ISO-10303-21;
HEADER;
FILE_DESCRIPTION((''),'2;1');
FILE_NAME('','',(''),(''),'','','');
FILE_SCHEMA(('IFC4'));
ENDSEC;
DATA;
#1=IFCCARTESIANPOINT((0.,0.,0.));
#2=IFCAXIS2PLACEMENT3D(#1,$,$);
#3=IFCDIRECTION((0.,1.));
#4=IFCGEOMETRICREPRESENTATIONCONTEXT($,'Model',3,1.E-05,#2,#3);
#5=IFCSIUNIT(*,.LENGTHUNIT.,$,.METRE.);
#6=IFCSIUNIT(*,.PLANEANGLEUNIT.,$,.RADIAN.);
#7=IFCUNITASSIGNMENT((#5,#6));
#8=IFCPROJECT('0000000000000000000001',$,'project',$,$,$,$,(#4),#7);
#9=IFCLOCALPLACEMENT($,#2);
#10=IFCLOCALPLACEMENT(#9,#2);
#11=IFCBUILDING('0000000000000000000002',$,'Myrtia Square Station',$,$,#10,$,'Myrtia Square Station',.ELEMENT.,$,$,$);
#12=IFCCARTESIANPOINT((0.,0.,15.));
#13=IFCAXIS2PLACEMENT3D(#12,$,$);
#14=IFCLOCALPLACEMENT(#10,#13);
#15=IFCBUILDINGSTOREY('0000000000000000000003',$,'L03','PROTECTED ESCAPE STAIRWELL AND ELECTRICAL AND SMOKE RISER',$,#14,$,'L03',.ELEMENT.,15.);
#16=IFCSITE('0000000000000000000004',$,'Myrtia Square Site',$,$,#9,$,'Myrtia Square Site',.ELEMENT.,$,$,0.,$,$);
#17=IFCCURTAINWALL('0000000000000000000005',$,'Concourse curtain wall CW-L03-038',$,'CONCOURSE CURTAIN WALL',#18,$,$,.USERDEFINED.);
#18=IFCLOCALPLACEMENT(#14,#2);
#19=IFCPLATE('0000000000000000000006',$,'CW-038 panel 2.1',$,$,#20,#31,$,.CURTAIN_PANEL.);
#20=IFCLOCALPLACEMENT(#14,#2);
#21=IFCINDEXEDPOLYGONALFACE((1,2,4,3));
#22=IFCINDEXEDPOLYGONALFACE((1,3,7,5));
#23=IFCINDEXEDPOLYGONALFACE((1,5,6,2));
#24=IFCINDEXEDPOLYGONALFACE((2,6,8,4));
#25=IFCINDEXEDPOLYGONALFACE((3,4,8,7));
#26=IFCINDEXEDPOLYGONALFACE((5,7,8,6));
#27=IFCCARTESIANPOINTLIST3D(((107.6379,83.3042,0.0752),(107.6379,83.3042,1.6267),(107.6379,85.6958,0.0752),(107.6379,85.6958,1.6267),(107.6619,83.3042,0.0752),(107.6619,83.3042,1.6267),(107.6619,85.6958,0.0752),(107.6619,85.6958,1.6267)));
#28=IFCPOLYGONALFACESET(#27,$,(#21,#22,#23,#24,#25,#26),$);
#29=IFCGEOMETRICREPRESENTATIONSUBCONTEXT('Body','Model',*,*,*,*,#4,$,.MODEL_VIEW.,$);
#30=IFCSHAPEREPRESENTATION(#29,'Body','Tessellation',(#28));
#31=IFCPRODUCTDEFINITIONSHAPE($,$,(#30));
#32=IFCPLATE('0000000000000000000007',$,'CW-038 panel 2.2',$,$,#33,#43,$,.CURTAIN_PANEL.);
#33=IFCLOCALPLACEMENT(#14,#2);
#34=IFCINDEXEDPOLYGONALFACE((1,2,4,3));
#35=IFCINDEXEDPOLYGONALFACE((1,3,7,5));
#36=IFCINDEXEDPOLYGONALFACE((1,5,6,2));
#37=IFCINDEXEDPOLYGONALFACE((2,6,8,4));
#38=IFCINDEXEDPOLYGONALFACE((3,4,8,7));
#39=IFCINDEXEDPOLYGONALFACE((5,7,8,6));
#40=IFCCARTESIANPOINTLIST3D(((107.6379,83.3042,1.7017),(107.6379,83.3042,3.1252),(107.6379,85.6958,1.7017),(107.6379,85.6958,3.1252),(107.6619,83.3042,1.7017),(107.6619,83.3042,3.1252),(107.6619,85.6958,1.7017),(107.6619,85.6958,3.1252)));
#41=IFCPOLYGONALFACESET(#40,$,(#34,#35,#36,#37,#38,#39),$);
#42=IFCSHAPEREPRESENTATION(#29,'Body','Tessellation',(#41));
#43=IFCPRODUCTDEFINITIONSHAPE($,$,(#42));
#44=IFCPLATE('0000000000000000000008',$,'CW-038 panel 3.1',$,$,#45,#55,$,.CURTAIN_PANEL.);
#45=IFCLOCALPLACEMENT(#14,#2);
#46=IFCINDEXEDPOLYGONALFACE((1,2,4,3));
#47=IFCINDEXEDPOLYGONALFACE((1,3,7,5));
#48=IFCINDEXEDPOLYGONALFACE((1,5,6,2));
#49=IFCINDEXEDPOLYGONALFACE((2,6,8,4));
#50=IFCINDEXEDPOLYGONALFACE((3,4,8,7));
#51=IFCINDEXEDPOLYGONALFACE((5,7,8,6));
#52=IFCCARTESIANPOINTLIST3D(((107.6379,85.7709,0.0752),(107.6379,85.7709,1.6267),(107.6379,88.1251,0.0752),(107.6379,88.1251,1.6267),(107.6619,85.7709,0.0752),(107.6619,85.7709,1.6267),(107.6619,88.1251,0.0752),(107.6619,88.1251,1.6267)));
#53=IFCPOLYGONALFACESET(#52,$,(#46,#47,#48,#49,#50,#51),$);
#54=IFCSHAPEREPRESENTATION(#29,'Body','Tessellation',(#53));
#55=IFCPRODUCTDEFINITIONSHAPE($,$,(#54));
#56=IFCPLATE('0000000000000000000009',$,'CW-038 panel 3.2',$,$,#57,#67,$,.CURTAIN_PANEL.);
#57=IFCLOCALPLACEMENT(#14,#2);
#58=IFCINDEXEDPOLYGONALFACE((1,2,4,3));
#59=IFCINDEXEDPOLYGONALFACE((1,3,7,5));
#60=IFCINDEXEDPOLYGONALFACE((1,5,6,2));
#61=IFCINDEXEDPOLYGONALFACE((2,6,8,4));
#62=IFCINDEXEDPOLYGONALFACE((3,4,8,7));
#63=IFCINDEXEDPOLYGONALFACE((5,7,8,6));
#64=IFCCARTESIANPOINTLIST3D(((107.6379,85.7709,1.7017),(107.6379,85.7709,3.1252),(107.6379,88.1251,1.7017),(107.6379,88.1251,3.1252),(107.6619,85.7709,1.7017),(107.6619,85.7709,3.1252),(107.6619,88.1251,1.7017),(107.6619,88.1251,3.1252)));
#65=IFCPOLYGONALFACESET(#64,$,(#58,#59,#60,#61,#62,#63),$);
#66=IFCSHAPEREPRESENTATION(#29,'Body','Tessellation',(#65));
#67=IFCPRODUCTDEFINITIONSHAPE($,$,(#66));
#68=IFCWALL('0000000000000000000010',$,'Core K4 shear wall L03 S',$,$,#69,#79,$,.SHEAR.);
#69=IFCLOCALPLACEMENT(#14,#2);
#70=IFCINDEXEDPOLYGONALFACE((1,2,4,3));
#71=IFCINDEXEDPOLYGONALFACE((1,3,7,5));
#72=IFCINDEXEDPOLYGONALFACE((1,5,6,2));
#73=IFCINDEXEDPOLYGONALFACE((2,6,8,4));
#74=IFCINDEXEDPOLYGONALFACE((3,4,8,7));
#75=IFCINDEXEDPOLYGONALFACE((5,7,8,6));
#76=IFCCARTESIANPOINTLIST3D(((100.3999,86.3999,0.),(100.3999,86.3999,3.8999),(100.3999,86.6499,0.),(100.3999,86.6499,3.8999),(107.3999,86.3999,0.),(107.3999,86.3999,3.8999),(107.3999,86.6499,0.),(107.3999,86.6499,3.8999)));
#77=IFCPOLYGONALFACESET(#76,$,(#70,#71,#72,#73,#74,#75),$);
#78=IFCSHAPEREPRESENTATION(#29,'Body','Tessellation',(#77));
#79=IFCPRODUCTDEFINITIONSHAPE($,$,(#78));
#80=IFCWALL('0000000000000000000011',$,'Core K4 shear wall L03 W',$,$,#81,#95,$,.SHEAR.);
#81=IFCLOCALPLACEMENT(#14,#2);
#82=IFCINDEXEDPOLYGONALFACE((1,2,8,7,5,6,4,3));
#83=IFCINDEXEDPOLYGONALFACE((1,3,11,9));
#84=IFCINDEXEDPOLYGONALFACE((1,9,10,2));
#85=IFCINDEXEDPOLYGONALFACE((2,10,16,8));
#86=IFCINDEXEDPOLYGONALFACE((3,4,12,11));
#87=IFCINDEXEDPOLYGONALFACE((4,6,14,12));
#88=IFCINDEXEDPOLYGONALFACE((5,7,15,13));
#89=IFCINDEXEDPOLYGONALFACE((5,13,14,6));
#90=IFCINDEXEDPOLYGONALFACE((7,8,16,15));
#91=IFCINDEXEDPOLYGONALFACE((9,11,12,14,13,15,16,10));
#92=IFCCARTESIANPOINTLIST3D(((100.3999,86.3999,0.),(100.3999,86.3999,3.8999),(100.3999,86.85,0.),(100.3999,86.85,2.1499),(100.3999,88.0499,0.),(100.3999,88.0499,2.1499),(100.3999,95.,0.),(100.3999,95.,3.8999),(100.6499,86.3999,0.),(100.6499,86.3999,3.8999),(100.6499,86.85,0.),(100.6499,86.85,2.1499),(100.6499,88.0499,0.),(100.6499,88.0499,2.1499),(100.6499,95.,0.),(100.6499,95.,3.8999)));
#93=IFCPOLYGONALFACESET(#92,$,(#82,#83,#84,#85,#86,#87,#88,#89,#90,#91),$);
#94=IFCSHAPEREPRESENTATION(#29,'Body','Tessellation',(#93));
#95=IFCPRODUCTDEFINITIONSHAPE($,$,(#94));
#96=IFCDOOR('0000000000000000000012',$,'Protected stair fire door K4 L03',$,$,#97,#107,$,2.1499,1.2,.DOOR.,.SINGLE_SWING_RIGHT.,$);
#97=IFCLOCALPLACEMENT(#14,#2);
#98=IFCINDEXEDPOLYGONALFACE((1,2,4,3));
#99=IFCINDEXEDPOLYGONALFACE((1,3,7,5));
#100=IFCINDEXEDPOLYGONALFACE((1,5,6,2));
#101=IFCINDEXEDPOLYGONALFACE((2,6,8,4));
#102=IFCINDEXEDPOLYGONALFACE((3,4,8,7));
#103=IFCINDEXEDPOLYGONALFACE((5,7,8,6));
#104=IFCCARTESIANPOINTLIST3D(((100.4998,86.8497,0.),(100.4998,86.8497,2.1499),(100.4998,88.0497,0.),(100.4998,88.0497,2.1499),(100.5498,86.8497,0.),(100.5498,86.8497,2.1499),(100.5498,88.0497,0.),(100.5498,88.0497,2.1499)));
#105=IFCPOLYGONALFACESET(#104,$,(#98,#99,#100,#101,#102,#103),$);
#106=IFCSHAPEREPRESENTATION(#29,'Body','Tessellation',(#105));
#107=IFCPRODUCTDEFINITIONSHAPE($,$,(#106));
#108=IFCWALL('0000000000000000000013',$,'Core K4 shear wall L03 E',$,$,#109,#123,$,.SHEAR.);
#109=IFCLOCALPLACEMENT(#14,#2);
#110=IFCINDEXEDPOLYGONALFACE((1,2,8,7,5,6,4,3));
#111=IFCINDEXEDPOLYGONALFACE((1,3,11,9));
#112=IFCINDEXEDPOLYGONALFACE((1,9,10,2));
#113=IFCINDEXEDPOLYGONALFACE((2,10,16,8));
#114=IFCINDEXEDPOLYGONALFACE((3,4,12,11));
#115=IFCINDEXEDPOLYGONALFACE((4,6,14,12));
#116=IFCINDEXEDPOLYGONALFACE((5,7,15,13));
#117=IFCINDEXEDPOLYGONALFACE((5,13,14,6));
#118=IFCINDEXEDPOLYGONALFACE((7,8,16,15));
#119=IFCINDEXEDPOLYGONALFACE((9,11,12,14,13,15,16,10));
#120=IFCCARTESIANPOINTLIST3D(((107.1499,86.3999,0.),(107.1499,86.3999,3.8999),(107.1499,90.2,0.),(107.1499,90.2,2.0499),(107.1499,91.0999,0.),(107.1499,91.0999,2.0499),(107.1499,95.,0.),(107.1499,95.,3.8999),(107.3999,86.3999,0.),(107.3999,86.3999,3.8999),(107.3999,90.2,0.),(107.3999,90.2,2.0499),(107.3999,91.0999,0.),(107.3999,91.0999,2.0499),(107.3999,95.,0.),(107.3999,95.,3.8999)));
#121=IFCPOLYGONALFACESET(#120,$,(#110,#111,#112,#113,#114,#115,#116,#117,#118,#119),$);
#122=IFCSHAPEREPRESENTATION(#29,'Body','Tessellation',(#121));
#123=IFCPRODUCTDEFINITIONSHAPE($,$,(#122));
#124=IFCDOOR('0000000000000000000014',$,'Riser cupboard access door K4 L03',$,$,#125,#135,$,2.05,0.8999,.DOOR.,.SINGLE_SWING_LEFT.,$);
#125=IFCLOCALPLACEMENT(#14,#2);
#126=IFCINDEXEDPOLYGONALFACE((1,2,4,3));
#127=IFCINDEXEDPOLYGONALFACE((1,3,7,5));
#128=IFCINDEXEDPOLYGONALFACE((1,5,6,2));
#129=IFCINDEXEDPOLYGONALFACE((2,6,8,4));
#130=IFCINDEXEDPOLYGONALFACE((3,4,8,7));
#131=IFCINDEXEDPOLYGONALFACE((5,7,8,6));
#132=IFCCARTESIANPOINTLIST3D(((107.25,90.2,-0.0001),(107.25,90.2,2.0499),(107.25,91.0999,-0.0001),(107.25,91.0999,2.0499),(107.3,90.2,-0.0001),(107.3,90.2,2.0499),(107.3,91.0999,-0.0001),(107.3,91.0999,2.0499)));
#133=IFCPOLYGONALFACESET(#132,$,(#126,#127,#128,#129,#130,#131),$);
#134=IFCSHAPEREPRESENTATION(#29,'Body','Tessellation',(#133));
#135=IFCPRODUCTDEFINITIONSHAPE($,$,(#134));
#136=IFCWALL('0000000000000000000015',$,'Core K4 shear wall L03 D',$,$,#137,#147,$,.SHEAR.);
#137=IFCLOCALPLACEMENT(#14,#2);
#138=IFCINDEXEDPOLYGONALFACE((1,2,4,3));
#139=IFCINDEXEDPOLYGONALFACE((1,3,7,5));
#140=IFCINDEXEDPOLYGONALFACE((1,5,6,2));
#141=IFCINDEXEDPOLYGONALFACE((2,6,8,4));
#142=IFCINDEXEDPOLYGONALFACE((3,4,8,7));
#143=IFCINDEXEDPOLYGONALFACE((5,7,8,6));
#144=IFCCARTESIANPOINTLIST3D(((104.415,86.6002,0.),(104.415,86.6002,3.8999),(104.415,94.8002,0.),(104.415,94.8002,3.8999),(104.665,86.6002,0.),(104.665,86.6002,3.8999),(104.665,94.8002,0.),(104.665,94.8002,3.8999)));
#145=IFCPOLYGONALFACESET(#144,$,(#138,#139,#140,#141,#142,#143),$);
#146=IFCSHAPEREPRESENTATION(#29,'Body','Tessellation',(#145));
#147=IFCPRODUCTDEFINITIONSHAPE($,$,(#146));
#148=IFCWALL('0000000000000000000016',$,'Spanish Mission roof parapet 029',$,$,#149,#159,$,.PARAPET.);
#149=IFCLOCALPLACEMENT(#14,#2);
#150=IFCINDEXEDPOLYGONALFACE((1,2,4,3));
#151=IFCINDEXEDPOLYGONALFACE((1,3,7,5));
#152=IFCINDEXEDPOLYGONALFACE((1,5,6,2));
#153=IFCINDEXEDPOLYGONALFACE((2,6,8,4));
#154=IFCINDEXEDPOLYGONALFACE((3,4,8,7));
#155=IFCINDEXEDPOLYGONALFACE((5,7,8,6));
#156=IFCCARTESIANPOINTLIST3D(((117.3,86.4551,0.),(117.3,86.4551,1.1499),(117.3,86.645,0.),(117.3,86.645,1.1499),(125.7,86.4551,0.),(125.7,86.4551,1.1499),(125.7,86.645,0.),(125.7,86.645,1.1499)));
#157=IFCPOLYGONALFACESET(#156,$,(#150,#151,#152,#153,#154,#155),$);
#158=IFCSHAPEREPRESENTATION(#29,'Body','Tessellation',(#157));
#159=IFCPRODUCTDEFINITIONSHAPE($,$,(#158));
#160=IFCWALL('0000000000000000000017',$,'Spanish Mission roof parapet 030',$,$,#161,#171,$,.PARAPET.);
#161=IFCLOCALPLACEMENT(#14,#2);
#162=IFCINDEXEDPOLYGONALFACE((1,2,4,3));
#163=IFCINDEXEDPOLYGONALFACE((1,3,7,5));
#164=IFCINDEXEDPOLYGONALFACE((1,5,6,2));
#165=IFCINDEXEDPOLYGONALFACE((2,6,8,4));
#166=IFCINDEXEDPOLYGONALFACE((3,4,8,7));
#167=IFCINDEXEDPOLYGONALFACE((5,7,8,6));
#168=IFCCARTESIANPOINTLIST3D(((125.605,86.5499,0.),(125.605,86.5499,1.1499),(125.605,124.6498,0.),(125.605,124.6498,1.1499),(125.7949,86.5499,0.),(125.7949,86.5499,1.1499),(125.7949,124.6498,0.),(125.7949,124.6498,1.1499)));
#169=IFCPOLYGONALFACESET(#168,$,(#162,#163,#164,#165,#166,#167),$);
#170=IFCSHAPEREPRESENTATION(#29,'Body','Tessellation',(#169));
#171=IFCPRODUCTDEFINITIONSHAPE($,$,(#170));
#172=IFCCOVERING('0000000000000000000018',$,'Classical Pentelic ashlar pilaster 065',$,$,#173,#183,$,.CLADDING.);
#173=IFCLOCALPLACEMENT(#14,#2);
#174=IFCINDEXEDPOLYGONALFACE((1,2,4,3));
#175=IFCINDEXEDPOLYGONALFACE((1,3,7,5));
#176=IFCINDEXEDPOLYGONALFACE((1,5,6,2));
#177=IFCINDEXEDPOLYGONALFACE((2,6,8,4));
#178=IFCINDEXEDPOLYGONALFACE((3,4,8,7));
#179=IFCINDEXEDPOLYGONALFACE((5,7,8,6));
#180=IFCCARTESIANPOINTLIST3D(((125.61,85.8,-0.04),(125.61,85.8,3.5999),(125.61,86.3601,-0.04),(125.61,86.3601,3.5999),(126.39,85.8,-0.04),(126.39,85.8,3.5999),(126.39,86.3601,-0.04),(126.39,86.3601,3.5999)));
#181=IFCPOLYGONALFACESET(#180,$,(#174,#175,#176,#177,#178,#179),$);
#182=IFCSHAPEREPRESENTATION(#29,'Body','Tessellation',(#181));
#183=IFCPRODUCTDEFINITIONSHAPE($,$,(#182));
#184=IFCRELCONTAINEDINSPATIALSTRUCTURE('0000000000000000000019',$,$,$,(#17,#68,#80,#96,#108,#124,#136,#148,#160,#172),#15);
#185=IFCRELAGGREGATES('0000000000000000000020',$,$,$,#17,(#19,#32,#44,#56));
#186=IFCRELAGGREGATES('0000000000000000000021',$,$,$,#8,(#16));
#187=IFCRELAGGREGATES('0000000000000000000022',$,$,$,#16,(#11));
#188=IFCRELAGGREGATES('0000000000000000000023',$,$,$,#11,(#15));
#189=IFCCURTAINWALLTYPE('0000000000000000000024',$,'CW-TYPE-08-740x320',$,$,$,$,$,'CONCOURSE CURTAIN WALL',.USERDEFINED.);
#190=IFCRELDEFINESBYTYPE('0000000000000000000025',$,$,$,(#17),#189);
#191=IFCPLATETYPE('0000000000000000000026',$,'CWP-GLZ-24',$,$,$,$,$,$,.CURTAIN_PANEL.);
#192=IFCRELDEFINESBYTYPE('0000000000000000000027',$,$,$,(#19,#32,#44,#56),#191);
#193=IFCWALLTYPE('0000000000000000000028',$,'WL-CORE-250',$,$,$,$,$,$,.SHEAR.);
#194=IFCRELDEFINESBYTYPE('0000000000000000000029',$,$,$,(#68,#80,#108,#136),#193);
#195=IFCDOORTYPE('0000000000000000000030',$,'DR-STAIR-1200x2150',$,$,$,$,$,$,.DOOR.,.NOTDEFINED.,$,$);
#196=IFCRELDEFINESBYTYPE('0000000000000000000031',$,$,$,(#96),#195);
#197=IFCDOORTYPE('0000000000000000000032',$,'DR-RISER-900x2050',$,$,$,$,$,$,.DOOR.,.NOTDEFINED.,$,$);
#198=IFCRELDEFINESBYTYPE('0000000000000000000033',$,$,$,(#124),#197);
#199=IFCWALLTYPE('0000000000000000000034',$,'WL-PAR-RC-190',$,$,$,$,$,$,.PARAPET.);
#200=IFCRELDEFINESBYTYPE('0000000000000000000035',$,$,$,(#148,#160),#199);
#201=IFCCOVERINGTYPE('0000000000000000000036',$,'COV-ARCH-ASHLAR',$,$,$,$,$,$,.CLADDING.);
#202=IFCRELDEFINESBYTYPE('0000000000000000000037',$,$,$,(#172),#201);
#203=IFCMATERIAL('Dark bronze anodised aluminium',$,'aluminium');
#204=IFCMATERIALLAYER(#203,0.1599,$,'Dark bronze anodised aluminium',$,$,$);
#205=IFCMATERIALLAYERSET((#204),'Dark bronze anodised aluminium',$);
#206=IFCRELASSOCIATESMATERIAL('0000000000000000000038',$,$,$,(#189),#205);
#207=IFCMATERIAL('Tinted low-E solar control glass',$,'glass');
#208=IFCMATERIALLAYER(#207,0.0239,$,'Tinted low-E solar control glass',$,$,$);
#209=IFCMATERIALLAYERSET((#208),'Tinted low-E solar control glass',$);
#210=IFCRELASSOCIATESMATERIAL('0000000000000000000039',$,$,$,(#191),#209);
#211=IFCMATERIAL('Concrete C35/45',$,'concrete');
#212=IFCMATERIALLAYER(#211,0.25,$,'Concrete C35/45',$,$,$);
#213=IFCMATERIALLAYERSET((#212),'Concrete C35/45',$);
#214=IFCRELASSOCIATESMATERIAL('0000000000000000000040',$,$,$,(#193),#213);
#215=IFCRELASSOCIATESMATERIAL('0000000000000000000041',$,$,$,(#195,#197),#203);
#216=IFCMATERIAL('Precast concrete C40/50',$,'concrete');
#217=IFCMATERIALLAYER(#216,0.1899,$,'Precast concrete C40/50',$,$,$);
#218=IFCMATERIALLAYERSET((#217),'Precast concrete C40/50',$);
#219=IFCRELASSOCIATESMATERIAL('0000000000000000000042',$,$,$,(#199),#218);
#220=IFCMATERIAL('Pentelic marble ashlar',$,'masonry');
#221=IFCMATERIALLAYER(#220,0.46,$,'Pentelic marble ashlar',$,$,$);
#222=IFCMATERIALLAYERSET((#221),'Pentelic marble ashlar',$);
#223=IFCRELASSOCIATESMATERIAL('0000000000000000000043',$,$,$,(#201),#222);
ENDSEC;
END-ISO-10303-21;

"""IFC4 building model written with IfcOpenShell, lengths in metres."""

from ifc_helpers import new_model, si_unit, direction, frame, frame_2d, origin, origin_2d, place, context, subcontext, project, spatial, rectangle, extrude, material, layer, layer_set, type_object, element, fill, aggregate, save


model = new_model("IFC4")

# Units and contexts
model_context = context("Model", 3, precision=1e-05, world=origin(), true_north=direction((0.0, 1.0)))
body_context = subcontext(model_context, "Body", "Model", "MODEL_VIEW")
ifc_project = project(units=[si_unit("LENGTHUNIT", "METRE"), si_unit("PLANEANGLEUNIT", "RADIAN")], contexts=[model_context])

# Site, building, storey
site_placement = place(None, origin())
site = spatial("IfcSite", under=ifc_project, at=site_placement, Name="Myrtia Square Site", LongName="Myrtia Square Site", CompositionType="ELEMENT", RefElevation=0.0)
building_placement = place(site_placement, origin())
building = spatial("IfcBuilding", under=site, at=building_placement, Name="Myrtia Square Station", LongName="Myrtia Square Station", CompositionType="ELEMENT")
storey_placement = place(building_placement, frame((0.0, 0.0, 15.0)))
storey = spatial("IfcBuildingStorey", under=building, at=storey_placement, Name="L03", Description="PROTECTED ESCAPE STAIRWELL AND ELECTRICAL AND SMOKE RISER", LongName="L03", CompositionType="ELEMENT", Elevation=15.0)

# Shared definitions
ifc_material_1 = material(Name="Dark bronze anodised aluminium", Category="aluminium")

# Curtain wall
ifc_layer_1 = layer(ifc_material_1, 0.1599, Name="Dark bronze anodised aluminium")
ifc_layer_set_1 = layer_set([ifc_layer_1], Name="Dark bronze anodised aluminium")
curtain_wall_type_1 = type_object("IfcCurtainWallType", Name="CW-TYPE-08-740x320", ElementType="CONCOURSE CURTAIN WALL", PredefinedType="USERDEFINED", material=ifc_layer_set_1)
curtain_wall_1_placement = place(storey_placement, origin())
curtain_wall_1 = element("IfcCurtainWall", 1, at=curtain_wall_1_placement, inside=storey, type_object=curtain_wall_type_1, Name="Concourse curtain wall CW-L03-038", ObjectType="CONCOURSE CURTAIN WALL", PredefinedType="USERDEFINED")

# Plates
ifc_material_2 = material(Name="Tinted low-E solar control glass", Category="glass")
ifc_layer_2 = layer(ifc_material_2, 0.0239, Name="Tinted low-E solar control glass")
ifc_layer_set_2 = layer_set([ifc_layer_2], Name="Tinted low-E solar control glass")
plate_type = type_object("IfcPlateType", Name="CWP-GLZ-24", PredefinedType="CURTAIN_PANEL", material=ifc_layer_set_2)
plate_1_placement = place(storey_placement, frame((107.6499, 84.5, 0.0752), z_axis=(0.0, 0.0, 1.0), x_axis=(0.0, 1.0, 0.0)))
plate_1 = element("IfcPlate", 2, at=plate_1_placement, type_object=plate_type, Name="CW-038 panel 2.1", PredefinedType="CURTAIN_PANEL", context=body_context, shape_type="SweptSolid", body=[
    extrude(rectangle(XDim=2.3916, YDim=0.0239, at=origin_2d()), origin(), (0.0, 0.0, 1.0), 1.5515),
])
plate_2_placement = place(storey_placement, frame((107.6499, 84.5, 1.7017), z_axis=(0.0, 0.0, 1.0), x_axis=(0.0, 1.0, 0.0)))
plate_2 = element("IfcPlate", 3, at=plate_2_placement, type_object=plate_type, Name="CW-038 panel 2.2", PredefinedType="CURTAIN_PANEL", context=body_context, shape_type="SweptSolid", body=[
    extrude(rectangle(XDim=2.3916, YDim=0.0239, at=origin_2d()), origin(), (0.0, 0.0, 1.0), 1.4236),
])
plate_3_placement = place(storey_placement, frame((107.6499, 86.948, 0.0752), z_axis=(0.0, 0.0, 1.0), x_axis=(0.0, 1.0, 0.0)))
plate_3 = element("IfcPlate", 4, at=plate_3_placement, type_object=plate_type, Name="CW-038 panel 3.1", PredefinedType="CURTAIN_PANEL", context=body_context, shape_type="SweptSolid", body=[
    extrude(rectangle(XDim=2.3542, YDim=0.0239, at=origin_2d()), origin(), (0.0, 0.0, 1.0), 1.5515),
])
plate_4_placement = place(storey_placement, frame((107.6499, 86.948, 1.7017), z_axis=(0.0, 0.0, 1.0), x_axis=(0.0, 1.0, 0.0)))
plate_4 = element("IfcPlate", 5, at=plate_4_placement, type_object=plate_type, Name="CW-038 panel 3.2", PredefinedType="CURTAIN_PANEL", context=body_context, shape_type="SweptSolid", body=[
    extrude(rectangle(XDim=2.3542, YDim=0.0239, at=origin_2d()), origin(), (0.0, 0.0, 1.0), 1.4236),
])
aggregate(curtain_wall_1, [plate_1, plate_2, plate_3, plate_4])

# Wall
ifc_material_3 = material(Name="Concrete C35/45", Category="concrete")
ifc_layer_3 = layer(ifc_material_3, 0.25, Name="Concrete C35/45")
ifc_layer_set_3 = layer_set([ifc_layer_3], Name="Concrete C35/45")
wall_type_1 = type_object("IfcWallType", Name="WL-CORE-250", PredefinedType="SHEAR", material=ifc_layer_set_3)
wall_1_placement = place(storey_placement, frame((100.3999, 86.5249, 0.0), z_axis=(0.0, 0.0, 1.0), x_axis=(1.0, 0.0, 0.0)))
element("IfcWall", 6, at=wall_1_placement, inside=storey, type_object=wall_type_1, Name="Core K4 shear wall L03 S", PredefinedType="SHEAR", context=body_context, shape_type="SweptSolid", body=[
    extrude(rectangle(XDim=7.0, YDim=0.25, at=frame_2d((3.5, 0.0))), origin(), (0.0, 0.0, 1.0), 3.8999),
])

# Walls, openings, doors
wall_2_placement = place(storey_placement, frame((100.5249, 86.3999, 0.0), z_axis=(0.0, 0.0, 1.0), x_axis=(0.0, 1.0, 0.0)))
wall_2 = element("IfcWall", 7, at=wall_2_placement, inside=storey, type_object=wall_type_1, Name="Core K4 shear wall L03 W", PredefinedType="SHEAR", context=body_context, shape_type="SweptSolid", body=[
    extrude(rectangle(XDim=8.6001, YDim=0.25, at=frame_2d((4.3, 0.0))), origin(), (0.0, 0.0, 1.0), 3.8999),
])
opening_1_placement = place(wall_2_placement, frame((0.45, 0.0, 0.0)))
opening_1 = element("IfcOpeningElement", 8, at=opening_1_placement, cuts=wall_2, PredefinedType="OPENING", context=body_context, shape_type="SweptSolid", body=[
    extrude(rectangle(XDim=1.2, YDim=2.1499, at=frame_2d((0.6001, 1.075))), frame((0.0, 0.1399, 0.0), z_axis=(0.0, -1.0, 0.0), x_axis=(1.0, 0.0, 0.0)), (0.0, 0.0, 1.0), 0.28),
])
door_type_1 = type_object("IfcDoorType", Name="DR-STAIR-1200x2150", OperationType="NOTDEFINED", PredefinedType="DOOR", material=ifc_material_1)
door_1_placement = place(opening_1_placement, frame((1.2, 0.0, 0.0), z_axis=(0.0, 0.0, 1.0), x_axis=(-1.0, 0.0, 0.0)))
door_1 = element("IfcDoor", 9, at=door_1_placement, inside=storey, type_object=door_type_1, Name="Protected stair fire door K4 L03", OperationType="SINGLE_SWING_RIGHT", OverallHeight=2.1499, OverallWidth=1.2, PredefinedType="DOOR", context=body_context, shape_type="SweptSolid", body=[
    extrude(rectangle(XDim=1.2, YDim=2.1499, at=frame_2d((0.6001, 1.075))), frame((0.0, 0.0249, 0.0), z_axis=(0.0, -1.0, 0.0), x_axis=(1.0, 0.0, 0.0)), (0.0, 0.0, 1.0), 0.05),
])
fill(opening_1, door_1)
wall_3_placement = place(storey_placement, frame((107.2749, 86.3999, 0.0), z_axis=(0.0, 0.0, 1.0), x_axis=(0.0, 1.0, 0.0)))
wall_3 = element("IfcWall", 10, at=wall_3_placement, inside=storey, type_object=wall_type_1, Name="Core K4 shear wall L03 E", PredefinedType="SHEAR", context=body_context, shape_type="SweptSolid", body=[
    extrude(rectangle(XDim=8.6001, YDim=0.25, at=frame_2d((4.3, 0.0))), origin(), (0.0, 0.0, 1.0), 3.8999),
])
opening_2_placement = place(wall_3_placement, frame((3.8, 0.0, 0.0)))
opening_2 = element("IfcOpeningElement", 11, at=opening_2_placement, cuts=wall_3, PredefinedType="OPENING", context=body_context, shape_type="SweptSolid", body=[
    extrude(rectangle(XDim=0.8999, YDim=2.05, at=frame_2d((0.45, 1.0249))), frame((0.0, 0.1399, 0.0), z_axis=(0.0, -1.0, 0.0), x_axis=(1.0, 0.0, 0.0)), (0.0, 0.0, 1.0), 0.28),
])
door_type_2 = type_object("IfcDoorType", Name="DR-RISER-900x2050", OperationType="NOTDEFINED", PredefinedType="DOOR", material=ifc_material_1)
door_2_placement = place(opening_2_placement, origin())
door_2 = element("IfcDoor", 12, at=door_2_placement, inside=storey, type_object=door_type_2, Name="Riser cupboard access door K4 L03", OperationType="SINGLE_SWING_LEFT", OverallHeight=2.05, OverallWidth=0.8999, PredefinedType="DOOR", context=body_context, shape_type="SweptSolid", body=[
    extrude(rectangle(XDim=0.8999, YDim=2.05, at=frame_2d((0.45, 1.0249))), frame((0.0, 0.0249, 0.0), z_axis=(0.0, -1.0, 0.0), x_axis=(1.0, 0.0, 0.0)), (0.0, 0.0, 1.0), 0.05),
])
fill(opening_2, door_2)

# Walls
wall_4_placement = place(storey_placement, frame((104.54, 86.6001, 0.0), z_axis=(0.0, 0.0, 1.0), x_axis=(0.0, 1.0, 0.0)))
element("IfcWall", 13, at=wall_4_placement, inside=storey, type_object=wall_type_1, Name="Core K4 shear wall L03 D", PredefinedType="SHEAR", context=body_context, shape_type="SweptSolid", body=[
    extrude(rectangle(XDim=8.2, YDim=0.25, at=frame_2d((4.1001, 0.0))), origin(), (0.0, 0.0, 1.0), 3.8999),
])
ifc_material_4 = material(Name="Precast concrete C40/50", Category="concrete")
ifc_layer_4 = layer(ifc_material_4, 0.1899, Name="Precast concrete C40/50")
ifc_layer_set_4 = layer_set([ifc_layer_4], Name="Precast concrete C40/50")
wall_type_2 = type_object("IfcWallType", Name="WL-PAR-RC-190", PredefinedType="PARAPET", material=ifc_layer_set_4)
wall_5_placement = place(storey_placement, frame((117.3, 86.55, 0.0), z_axis=(0.0, 0.0, 1.0), x_axis=(1.0, 0.0, 0.0)))
element("IfcWall", 14, at=wall_5_placement, inside=storey, type_object=wall_type_2, Name="Spanish Mission roof parapet 029", PredefinedType="PARAPET", context=body_context, shape_type="SweptSolid", body=[
    extrude(rectangle(XDim=8.3999, YDim=0.1899, at=frame_2d((4.2, 0.0))), origin(), (0.0, 0.0, 1.0), 1.1499),
])
wall_6_placement = place(storey_placement, frame((125.7, 86.55, 0.0), z_axis=(0.0, 0.0, 1.0), x_axis=(0.0, 1.0, 0.0)))
element("IfcWall", 15, at=wall_6_placement, inside=storey, type_object=wall_type_2, Name="Spanish Mission roof parapet 030", PredefinedType="PARAPET", context=body_context, shape_type="SweptSolid", body=[
    extrude(rectangle(XDim=38.0999, YDim=0.1899, at=frame_2d((19.0498, 0.0))), origin(), (0.0, 0.0, 1.0), 1.1499),
])

# Covering
ifc_material_5 = material(Name="Pentelic marble ashlar", Category="masonry")
ifc_layer_5 = layer(ifc_material_5, 0.46, Name="Pentelic marble ashlar")
ifc_layer_set_5 = layer_set([ifc_layer_5], Name="Pentelic marble ashlar")
covering_type = type_object("IfcCoveringType", Name="COV-ARCH-ASHLAR", PredefinedType="CLADDING", material=ifc_layer_set_5)
covering_placement = place(storey_placement, frame((126.0, 86.0801, -0.04), z_axis=(0.0, 0.0, 1.0), x_axis=(1.0, 0.0, 0.0)))
element("IfcCovering", 16, at=covering_placement, inside=storey, type_object=covering_type, Name="Classical Pentelic ashlar pilaster 065", PredefinedType="CLADDING", context=body_context, shape_type="SweptSolid", body=[
    extrude(rectangle(XDim=0.78, YDim=0.5601, at=origin_2d()), origin(), (0.0, 0.0, 1.0), 3.6399),
])

save(model, "model.ifc")
